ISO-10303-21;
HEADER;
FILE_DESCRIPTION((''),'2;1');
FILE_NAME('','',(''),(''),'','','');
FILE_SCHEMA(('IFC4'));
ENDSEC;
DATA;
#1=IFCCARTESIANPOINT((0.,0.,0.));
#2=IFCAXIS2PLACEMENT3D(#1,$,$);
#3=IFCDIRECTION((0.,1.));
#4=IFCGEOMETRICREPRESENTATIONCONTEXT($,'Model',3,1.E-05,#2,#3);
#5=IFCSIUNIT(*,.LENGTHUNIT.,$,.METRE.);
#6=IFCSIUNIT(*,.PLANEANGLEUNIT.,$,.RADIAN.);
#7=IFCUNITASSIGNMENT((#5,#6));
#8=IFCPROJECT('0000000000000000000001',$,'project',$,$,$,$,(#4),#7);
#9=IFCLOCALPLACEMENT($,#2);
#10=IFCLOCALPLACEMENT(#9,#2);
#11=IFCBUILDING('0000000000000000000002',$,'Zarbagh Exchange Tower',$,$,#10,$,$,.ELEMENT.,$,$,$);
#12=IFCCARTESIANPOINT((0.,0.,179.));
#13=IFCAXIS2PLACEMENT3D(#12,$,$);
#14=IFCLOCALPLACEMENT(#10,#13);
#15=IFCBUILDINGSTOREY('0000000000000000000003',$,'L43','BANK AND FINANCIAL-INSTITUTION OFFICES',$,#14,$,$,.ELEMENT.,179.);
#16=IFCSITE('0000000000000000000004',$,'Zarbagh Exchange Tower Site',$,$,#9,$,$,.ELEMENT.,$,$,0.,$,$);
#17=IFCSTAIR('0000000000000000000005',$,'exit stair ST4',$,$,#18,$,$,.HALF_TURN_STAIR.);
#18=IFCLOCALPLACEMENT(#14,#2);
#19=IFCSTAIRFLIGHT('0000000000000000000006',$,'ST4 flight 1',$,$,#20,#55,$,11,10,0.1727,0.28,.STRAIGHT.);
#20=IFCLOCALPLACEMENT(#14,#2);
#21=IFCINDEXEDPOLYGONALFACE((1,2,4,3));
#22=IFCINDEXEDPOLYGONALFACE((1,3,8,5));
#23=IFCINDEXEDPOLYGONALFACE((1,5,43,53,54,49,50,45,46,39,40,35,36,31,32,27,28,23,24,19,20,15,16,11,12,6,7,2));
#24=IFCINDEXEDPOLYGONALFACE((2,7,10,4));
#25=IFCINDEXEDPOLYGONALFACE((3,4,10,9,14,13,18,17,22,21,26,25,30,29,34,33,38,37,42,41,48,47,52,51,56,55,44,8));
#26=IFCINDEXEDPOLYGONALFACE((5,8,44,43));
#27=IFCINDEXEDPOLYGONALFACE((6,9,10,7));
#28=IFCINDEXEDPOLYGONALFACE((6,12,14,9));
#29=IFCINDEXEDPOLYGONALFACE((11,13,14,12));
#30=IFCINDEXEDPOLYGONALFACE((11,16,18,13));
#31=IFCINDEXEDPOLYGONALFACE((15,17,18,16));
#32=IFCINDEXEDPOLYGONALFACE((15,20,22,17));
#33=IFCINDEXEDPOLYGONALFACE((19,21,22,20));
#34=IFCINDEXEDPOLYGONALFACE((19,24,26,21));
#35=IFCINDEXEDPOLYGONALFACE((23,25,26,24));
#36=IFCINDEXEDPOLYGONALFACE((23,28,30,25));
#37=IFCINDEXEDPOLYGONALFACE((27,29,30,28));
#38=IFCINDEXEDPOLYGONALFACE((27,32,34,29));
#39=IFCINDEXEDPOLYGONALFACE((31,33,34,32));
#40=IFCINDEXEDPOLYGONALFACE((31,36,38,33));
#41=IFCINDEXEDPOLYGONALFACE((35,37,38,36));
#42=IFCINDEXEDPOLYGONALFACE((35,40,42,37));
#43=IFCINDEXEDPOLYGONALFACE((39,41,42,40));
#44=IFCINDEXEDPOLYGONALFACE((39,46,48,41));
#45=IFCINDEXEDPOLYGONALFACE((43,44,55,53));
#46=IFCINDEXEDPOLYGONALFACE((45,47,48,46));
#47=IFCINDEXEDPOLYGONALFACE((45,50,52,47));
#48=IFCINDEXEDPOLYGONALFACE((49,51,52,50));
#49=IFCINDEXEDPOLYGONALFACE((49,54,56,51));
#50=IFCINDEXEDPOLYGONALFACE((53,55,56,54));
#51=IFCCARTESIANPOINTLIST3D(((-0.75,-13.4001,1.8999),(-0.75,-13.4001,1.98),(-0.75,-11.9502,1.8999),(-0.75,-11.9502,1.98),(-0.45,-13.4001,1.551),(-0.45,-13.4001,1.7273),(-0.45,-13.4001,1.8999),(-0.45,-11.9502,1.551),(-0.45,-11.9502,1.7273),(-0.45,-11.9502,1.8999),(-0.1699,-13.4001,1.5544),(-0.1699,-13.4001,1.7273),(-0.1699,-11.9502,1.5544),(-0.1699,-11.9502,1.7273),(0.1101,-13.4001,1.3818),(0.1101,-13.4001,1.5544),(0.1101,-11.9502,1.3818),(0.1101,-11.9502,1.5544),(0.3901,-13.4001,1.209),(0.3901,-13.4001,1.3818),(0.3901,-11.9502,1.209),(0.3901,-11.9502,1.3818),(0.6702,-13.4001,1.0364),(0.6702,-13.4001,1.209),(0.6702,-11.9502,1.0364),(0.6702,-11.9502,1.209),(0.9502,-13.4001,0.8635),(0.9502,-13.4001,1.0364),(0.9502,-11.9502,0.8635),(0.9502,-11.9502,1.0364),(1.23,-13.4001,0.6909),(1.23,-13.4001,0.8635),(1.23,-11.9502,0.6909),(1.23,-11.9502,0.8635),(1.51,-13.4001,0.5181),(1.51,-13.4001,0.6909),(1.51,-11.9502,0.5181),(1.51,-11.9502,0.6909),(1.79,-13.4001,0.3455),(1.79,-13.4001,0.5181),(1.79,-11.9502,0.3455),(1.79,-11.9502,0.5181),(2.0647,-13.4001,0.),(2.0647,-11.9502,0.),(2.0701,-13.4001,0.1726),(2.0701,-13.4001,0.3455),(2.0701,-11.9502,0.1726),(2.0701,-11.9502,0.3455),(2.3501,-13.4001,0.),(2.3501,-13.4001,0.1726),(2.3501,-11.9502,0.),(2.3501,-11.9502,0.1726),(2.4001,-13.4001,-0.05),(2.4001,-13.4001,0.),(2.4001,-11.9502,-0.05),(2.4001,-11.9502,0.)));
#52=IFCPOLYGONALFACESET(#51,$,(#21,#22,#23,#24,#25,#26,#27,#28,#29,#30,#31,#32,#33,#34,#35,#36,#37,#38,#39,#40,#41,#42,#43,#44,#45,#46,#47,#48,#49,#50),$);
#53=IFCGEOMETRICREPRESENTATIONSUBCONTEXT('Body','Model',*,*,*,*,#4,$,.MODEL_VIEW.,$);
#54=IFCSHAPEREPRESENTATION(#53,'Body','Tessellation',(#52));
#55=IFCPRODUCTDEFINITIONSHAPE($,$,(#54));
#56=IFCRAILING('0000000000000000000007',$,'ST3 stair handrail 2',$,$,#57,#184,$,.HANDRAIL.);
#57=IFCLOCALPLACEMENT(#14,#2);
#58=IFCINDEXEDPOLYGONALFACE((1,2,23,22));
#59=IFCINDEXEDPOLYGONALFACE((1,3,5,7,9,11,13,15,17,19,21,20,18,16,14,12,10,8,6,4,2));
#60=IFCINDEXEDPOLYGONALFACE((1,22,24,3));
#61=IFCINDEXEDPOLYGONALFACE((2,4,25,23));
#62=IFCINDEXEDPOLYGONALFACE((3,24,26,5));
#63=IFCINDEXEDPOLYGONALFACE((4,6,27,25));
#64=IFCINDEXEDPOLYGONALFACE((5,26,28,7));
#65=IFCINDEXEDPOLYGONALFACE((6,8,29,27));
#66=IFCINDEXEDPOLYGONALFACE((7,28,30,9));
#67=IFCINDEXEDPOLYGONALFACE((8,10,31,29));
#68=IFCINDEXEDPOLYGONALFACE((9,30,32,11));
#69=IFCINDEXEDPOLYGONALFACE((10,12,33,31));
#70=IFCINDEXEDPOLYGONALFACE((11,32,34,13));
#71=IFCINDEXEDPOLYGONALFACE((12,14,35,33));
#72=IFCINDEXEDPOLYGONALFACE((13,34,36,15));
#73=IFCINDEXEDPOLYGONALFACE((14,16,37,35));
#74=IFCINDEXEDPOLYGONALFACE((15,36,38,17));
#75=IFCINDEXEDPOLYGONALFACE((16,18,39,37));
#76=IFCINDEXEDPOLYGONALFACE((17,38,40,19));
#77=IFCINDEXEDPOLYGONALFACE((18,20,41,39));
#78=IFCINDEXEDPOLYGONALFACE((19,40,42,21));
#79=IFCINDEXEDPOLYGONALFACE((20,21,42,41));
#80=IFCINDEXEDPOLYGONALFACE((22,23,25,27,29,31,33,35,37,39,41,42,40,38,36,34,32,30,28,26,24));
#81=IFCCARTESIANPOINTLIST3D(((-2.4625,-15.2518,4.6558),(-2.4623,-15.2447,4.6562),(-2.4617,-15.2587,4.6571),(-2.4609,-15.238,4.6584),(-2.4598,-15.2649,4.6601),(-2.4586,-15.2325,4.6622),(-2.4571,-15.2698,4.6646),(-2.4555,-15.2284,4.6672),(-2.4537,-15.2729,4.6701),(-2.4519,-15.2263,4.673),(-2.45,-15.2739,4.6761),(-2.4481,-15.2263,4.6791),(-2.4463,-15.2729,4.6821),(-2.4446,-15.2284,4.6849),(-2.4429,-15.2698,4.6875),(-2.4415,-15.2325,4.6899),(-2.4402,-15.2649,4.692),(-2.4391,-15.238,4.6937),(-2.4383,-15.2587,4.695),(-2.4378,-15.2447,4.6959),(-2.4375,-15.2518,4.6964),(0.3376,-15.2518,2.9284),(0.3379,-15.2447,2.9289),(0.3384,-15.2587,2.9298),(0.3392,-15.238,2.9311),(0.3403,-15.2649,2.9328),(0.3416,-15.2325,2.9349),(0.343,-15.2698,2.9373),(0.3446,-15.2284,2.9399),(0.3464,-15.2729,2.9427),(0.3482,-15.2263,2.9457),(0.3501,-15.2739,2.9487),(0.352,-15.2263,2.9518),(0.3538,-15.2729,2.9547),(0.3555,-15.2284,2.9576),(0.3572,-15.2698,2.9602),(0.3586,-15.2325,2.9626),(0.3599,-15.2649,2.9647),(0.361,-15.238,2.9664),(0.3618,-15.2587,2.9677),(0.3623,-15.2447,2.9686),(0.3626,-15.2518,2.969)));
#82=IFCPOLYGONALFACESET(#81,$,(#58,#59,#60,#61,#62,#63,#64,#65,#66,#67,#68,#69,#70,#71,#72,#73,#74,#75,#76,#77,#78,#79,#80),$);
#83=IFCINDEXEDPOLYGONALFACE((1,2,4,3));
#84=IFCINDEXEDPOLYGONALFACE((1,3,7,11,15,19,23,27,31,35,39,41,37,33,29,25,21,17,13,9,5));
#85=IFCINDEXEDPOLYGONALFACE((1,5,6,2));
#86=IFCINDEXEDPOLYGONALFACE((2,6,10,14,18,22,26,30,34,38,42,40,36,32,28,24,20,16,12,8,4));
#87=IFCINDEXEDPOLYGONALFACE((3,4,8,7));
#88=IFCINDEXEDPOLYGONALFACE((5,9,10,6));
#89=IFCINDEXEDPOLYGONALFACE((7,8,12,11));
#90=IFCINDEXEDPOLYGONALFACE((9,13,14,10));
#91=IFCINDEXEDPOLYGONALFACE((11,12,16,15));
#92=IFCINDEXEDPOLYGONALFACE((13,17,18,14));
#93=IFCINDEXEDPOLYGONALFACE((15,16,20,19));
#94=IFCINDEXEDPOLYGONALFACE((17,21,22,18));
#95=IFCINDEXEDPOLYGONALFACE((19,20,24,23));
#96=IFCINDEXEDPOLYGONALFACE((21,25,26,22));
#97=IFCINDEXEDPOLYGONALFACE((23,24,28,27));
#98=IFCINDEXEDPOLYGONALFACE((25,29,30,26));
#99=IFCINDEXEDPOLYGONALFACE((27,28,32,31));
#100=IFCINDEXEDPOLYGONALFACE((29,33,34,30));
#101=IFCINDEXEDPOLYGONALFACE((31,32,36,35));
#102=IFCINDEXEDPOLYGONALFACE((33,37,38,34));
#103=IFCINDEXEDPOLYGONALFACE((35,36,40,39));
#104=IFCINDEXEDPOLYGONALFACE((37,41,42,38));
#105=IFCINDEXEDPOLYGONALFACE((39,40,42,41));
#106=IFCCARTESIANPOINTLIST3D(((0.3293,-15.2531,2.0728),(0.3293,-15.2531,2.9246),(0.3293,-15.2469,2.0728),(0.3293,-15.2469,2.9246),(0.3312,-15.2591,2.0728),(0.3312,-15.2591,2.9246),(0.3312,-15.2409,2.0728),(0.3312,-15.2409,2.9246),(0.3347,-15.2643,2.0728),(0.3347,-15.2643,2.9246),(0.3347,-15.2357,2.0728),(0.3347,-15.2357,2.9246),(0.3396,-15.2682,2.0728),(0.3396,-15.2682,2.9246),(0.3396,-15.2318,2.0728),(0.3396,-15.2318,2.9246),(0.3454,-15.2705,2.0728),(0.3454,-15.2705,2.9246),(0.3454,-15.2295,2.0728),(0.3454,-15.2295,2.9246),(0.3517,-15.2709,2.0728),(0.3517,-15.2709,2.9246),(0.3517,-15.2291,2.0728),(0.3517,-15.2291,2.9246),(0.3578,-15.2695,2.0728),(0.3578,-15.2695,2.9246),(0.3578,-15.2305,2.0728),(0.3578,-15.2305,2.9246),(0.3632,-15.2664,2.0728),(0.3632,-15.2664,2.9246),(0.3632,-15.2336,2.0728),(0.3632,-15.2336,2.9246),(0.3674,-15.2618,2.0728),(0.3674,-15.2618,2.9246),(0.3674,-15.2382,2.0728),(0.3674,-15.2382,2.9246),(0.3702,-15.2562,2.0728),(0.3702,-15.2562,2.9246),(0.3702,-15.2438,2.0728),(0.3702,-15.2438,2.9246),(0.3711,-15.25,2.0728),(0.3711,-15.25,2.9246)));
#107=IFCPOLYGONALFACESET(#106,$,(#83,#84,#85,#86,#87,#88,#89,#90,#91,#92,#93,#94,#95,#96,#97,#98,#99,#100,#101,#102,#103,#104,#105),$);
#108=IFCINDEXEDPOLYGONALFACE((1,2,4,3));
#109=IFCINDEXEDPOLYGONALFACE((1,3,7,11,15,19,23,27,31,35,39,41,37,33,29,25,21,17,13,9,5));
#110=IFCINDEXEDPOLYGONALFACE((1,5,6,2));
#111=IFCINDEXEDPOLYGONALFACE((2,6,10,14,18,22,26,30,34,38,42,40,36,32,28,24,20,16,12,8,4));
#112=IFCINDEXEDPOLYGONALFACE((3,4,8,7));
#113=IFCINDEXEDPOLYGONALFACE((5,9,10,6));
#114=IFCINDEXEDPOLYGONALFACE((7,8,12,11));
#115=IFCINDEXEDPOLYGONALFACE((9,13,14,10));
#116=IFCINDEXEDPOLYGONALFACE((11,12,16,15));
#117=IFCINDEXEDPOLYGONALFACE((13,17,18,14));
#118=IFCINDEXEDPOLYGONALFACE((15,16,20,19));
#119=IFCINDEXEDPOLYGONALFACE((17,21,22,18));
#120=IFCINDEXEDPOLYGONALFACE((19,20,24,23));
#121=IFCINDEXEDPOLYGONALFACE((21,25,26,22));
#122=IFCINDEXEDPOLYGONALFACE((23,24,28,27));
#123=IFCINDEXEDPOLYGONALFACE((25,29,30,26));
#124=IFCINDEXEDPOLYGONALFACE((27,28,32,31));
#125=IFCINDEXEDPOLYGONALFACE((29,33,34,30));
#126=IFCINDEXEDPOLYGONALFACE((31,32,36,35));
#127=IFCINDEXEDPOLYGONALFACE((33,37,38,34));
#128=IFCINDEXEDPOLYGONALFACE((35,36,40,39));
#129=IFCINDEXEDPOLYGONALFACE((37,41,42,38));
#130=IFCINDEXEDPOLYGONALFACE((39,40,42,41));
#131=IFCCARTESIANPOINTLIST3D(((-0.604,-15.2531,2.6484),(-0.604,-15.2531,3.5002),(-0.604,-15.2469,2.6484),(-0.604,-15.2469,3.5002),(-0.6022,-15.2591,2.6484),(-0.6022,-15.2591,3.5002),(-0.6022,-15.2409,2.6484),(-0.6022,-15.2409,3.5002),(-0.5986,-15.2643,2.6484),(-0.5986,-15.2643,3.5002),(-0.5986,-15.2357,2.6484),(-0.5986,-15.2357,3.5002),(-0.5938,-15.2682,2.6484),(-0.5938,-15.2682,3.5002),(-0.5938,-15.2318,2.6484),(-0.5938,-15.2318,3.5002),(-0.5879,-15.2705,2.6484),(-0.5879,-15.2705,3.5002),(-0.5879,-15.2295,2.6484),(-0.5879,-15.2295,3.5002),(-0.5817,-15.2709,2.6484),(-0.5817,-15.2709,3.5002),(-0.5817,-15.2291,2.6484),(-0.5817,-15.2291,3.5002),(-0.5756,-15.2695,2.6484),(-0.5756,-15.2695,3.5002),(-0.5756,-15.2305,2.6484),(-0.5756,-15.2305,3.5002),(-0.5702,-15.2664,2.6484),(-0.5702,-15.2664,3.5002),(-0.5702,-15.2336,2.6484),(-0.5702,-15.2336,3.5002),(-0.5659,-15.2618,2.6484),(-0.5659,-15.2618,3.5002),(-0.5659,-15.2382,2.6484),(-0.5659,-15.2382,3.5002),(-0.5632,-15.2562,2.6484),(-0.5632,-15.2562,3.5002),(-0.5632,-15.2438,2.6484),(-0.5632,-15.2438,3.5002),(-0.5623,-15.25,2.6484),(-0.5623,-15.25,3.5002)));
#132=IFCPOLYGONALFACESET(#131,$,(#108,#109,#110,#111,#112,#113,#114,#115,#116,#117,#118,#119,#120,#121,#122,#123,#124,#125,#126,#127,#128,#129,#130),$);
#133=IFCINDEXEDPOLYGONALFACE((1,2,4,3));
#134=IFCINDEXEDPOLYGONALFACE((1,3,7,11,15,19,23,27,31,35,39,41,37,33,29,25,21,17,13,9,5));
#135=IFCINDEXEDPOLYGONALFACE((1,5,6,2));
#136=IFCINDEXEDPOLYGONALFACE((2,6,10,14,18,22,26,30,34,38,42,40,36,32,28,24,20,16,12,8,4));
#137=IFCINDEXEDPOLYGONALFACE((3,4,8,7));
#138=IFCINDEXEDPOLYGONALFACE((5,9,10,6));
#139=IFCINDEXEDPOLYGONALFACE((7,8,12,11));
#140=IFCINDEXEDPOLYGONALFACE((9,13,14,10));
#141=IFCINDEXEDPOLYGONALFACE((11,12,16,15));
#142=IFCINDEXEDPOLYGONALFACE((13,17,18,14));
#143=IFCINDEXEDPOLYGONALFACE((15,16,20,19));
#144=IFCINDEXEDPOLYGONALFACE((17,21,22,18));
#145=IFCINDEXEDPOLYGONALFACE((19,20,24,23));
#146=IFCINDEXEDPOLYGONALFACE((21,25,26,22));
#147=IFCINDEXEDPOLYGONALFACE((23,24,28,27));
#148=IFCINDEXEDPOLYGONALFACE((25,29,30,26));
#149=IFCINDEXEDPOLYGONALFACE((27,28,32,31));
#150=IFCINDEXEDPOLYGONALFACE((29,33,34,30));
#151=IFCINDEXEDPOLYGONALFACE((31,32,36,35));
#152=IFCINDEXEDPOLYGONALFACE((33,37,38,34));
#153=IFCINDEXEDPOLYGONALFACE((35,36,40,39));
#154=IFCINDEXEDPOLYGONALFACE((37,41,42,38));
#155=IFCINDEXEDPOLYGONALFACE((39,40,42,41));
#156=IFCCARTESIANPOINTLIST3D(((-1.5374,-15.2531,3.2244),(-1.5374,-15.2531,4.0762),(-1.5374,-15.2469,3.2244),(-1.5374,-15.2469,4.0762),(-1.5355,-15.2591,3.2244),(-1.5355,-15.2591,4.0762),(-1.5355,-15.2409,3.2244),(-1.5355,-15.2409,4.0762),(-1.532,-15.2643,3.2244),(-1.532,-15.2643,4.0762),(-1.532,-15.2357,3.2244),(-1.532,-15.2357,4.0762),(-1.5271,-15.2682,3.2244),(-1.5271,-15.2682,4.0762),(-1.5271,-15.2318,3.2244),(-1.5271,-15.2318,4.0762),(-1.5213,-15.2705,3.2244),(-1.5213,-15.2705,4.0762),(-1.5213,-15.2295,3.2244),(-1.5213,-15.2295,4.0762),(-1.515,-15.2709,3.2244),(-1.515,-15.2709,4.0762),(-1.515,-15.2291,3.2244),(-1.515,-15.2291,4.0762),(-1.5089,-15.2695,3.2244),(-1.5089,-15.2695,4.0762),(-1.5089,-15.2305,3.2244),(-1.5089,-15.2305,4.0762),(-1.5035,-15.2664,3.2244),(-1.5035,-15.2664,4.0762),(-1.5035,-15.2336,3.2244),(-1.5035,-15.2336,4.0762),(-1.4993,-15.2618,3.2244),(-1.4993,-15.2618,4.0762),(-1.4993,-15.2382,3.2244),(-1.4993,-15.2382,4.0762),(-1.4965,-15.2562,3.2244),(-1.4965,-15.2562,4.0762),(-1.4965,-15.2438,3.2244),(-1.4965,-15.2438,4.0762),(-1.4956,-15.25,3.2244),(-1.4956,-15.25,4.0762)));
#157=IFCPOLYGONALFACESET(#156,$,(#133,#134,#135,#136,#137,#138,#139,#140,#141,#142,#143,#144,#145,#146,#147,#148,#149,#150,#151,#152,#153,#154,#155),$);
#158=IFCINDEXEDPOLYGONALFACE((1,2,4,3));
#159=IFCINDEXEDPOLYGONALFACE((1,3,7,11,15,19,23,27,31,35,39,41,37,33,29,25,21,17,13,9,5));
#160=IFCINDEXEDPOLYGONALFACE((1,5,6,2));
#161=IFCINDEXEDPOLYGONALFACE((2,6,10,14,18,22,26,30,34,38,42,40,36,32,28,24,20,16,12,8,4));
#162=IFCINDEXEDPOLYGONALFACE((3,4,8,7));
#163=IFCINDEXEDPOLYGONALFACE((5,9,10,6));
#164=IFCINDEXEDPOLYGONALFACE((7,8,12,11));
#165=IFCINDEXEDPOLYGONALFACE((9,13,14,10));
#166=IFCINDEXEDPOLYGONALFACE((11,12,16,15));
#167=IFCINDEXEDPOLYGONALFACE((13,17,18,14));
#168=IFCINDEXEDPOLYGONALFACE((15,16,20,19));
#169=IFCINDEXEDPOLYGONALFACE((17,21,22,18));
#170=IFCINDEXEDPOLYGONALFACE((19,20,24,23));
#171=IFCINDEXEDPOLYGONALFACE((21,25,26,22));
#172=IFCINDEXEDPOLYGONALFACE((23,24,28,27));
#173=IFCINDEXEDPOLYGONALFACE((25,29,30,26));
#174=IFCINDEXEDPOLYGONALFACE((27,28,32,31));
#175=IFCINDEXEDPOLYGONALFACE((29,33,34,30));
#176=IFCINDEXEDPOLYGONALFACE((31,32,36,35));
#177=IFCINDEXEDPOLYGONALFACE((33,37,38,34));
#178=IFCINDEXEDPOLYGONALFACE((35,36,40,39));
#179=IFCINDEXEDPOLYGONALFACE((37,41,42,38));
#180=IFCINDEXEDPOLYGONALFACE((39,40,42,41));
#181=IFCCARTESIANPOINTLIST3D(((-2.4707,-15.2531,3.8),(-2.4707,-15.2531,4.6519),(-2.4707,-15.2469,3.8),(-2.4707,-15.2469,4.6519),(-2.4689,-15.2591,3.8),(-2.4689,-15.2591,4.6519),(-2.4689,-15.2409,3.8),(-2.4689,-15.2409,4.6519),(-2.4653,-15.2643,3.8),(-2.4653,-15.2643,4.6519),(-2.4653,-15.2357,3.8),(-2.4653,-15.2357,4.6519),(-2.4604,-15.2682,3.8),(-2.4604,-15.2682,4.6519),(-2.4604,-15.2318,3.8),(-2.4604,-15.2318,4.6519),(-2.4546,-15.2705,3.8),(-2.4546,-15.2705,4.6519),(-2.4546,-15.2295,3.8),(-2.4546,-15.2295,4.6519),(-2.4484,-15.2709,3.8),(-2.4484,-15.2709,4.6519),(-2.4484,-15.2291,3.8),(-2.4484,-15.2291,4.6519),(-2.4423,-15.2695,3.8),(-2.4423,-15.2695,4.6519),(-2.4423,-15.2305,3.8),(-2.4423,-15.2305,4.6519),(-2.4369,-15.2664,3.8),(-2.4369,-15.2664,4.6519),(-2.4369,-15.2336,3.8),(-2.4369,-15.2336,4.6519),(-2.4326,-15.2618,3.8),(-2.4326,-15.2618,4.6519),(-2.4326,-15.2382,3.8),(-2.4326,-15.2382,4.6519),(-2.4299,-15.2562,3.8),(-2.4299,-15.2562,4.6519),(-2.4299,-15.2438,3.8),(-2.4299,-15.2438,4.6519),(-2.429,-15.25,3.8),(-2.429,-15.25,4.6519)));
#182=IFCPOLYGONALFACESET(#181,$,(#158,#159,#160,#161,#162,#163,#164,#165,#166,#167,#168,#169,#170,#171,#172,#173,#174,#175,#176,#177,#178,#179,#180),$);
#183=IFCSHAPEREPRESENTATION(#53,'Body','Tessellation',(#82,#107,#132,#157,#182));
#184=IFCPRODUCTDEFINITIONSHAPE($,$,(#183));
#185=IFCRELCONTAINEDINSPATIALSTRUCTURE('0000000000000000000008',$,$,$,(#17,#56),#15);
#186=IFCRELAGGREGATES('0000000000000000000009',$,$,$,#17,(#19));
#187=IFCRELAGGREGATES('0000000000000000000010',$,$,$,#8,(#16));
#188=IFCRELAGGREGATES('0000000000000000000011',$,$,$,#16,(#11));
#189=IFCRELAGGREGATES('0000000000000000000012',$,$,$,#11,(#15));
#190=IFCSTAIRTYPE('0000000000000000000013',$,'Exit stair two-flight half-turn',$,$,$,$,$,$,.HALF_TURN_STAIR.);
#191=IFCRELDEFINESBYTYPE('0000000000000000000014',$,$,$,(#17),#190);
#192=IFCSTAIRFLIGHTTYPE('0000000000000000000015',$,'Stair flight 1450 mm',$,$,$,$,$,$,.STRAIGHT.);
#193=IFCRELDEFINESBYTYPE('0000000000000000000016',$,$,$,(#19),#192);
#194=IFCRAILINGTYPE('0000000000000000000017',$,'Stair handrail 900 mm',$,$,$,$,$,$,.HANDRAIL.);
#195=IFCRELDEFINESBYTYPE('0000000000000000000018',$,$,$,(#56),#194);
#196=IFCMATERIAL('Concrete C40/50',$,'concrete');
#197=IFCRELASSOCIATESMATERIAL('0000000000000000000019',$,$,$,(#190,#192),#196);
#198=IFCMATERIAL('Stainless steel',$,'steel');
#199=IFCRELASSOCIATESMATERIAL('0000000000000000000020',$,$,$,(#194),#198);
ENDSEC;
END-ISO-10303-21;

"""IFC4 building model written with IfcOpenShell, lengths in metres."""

from ifc_helpers import new_model, si_unit, direction, frame, origin, origin_2d, place, context, subcontext, project, spatial, polyline, circle, outline, extrude, material, type_object, element, aggregate, save


model = new_model("IFC4")

# Units and contexts
model_context = context("Model", 3, precision=1e-05, world=origin(), true_north=direction((0.0, 1.0)))
body_context = subcontext(model_context, "Body", "Model", "MODEL_VIEW")
ifc_project = project(units=[si_unit("LENGTHUNIT", "METRE"), si_unit("PLANEANGLEUNIT", "RADIAN")], contexts=[model_context])

# Site, building, storey
site_placement = place(None, origin())
site = spatial("IfcSite", under=ifc_project, at=site_placement, Name="Zarbagh Exchange Tower Site", CompositionType="ELEMENT", RefElevation=0.0)
building_placement = place(site_placement, origin())
building = spatial("IfcBuilding", under=site, at=building_placement, Name="Zarbagh Exchange Tower", CompositionType="ELEMENT")
storey_placement = place(building_placement, frame((0.0, 0.0, 179.0)))
storey = spatial("IfcBuildingStorey", under=building, at=storey_placement, Name="L43", Description="BANK AND FINANCIAL-INSTITUTION OFFICES", CompositionType="ELEMENT", Elevation=179.0)

# Shared definitions
ifc_material_1 = material(Name="Stainless steel", Category="steel")

# Stair, stair flight
ifc_material_2 = material(Name="Concrete C40/50", Category="concrete")
stair_type = type_object("IfcStairType", Name="Exit stair two-flight half-turn", PredefinedType="HALF_TURN_STAIR", material=ifc_material_2)
stair_1_placement = place(storey_placement, origin())
stair_1 = element("IfcStair", 1, at=stair_1_placement, inside=storey, type_object=stair_type, Name="exit stair ST4", PredefinedType="HALF_TURN_STAIR")
stair_flight_type_1 = type_object("IfcStairFlightType", Name="Stair flight 1450 mm", PredefinedType="STRAIGHT", material=ifc_material_2)
stair_flight_1_placement = place(storey_placement, frame((2.3501, -12.675, 0.0), z_axis=(0.0, 0.0, 1.0), x_axis=(-1.0, 0.0, 0.0)))
stair_flight_1 = element("IfcStairFlight", 2, at=stair_flight_1_placement, type_object=stair_flight_type_1, Name="ST4 flight 1", NumberOfRisers=11, NumberOfTreads=10, PredefinedType="STRAIGHT", RiserHeight=0.1727, TreadLength=0.28, context=body_context, shape_type="SweptSolid", body=[
    extrude(outline(polyline([(-0.05, -0.05), (-0.05, 0.0), (0.0, 0.0), (0.0, 0.1726), (0.28, 0.1726), (0.28, 0.3455), (0.5601, 0.3455), (0.5601, 0.5181), (0.8401, 0.5181), (0.8401, 0.6909), (1.1201, 0.6909), (1.1201, 0.8635), (1.3999, 0.8635), (1.3999, 1.0364), (1.6799, 1.0364), (1.6799, 1.209), (1.96, 1.209), (1.96, 1.3818), (2.24, 1.3818), (2.24, 1.5544), (2.52, 1.5544), (2.52, 1.7273), (2.8, 1.7273), (2.8, 1.8999), (3.1001, 1.98), (3.1001, 1.8999), (2.8, 1.551), (0.2854, 0.0), (-0.05, -0.05)])), frame((0.0, 0.7251, 0.0), z_axis=(0.0, -1.0, 0.0), x_axis=(1.0, 0.0, 0.0)), (0.0, 0.0, 1.0), 1.45),
])
aggregate(stair_1, [stair_flight_1])

# Railing
railing_type_1 = type_object("IfcRailingType", Name="Stair handrail 900 mm", PredefinedType="HANDRAIL", material=ifc_material_1)
for number, where, name in (
    (3, (0.3501, -15.25, 2.0728), "ST3 stair handrail 2"),
):
    element("IfcRailing", number, at=place(storey_placement, frame(where)), inside=storey, type_object=railing_type_1, Name=name, PredefinedType="HANDRAIL", context=body_context, shape_type="SweptSolid", body=[
        extrude(circle(Radius=0.0239, at=origin_2d()), frame((0.0, 0.0, 0.876), z_axis=(-0.85109, 0.0, 0.52502), x_axis=(0.0, -1.0, 0.0)), (0.0, 0.0, 1.0), 3.29),
        extrude(circle(Radius=0.021, at=origin_2d()), origin(), (0.0, 0.0, 1.0), 0.8518),
        extrude(circle(Radius=0.021, at=origin_2d()), frame((-0.9333, 0.0, 0.5757)), (0.0, 0.0, 1.0), 0.8518),
        extrude(circle(Radius=0.021, at=origin_2d()), frame((-1.8667, 0.0, 1.1516)), (0.0, 0.0, 1.0), 0.8518),
        extrude(circle(Radius=0.021, at=origin_2d()), frame((-2.8, 0.0, 1.7273)), (0.0, 0.0, 1.0), 0.8518),
    ])

save(model, "model.ifc")
